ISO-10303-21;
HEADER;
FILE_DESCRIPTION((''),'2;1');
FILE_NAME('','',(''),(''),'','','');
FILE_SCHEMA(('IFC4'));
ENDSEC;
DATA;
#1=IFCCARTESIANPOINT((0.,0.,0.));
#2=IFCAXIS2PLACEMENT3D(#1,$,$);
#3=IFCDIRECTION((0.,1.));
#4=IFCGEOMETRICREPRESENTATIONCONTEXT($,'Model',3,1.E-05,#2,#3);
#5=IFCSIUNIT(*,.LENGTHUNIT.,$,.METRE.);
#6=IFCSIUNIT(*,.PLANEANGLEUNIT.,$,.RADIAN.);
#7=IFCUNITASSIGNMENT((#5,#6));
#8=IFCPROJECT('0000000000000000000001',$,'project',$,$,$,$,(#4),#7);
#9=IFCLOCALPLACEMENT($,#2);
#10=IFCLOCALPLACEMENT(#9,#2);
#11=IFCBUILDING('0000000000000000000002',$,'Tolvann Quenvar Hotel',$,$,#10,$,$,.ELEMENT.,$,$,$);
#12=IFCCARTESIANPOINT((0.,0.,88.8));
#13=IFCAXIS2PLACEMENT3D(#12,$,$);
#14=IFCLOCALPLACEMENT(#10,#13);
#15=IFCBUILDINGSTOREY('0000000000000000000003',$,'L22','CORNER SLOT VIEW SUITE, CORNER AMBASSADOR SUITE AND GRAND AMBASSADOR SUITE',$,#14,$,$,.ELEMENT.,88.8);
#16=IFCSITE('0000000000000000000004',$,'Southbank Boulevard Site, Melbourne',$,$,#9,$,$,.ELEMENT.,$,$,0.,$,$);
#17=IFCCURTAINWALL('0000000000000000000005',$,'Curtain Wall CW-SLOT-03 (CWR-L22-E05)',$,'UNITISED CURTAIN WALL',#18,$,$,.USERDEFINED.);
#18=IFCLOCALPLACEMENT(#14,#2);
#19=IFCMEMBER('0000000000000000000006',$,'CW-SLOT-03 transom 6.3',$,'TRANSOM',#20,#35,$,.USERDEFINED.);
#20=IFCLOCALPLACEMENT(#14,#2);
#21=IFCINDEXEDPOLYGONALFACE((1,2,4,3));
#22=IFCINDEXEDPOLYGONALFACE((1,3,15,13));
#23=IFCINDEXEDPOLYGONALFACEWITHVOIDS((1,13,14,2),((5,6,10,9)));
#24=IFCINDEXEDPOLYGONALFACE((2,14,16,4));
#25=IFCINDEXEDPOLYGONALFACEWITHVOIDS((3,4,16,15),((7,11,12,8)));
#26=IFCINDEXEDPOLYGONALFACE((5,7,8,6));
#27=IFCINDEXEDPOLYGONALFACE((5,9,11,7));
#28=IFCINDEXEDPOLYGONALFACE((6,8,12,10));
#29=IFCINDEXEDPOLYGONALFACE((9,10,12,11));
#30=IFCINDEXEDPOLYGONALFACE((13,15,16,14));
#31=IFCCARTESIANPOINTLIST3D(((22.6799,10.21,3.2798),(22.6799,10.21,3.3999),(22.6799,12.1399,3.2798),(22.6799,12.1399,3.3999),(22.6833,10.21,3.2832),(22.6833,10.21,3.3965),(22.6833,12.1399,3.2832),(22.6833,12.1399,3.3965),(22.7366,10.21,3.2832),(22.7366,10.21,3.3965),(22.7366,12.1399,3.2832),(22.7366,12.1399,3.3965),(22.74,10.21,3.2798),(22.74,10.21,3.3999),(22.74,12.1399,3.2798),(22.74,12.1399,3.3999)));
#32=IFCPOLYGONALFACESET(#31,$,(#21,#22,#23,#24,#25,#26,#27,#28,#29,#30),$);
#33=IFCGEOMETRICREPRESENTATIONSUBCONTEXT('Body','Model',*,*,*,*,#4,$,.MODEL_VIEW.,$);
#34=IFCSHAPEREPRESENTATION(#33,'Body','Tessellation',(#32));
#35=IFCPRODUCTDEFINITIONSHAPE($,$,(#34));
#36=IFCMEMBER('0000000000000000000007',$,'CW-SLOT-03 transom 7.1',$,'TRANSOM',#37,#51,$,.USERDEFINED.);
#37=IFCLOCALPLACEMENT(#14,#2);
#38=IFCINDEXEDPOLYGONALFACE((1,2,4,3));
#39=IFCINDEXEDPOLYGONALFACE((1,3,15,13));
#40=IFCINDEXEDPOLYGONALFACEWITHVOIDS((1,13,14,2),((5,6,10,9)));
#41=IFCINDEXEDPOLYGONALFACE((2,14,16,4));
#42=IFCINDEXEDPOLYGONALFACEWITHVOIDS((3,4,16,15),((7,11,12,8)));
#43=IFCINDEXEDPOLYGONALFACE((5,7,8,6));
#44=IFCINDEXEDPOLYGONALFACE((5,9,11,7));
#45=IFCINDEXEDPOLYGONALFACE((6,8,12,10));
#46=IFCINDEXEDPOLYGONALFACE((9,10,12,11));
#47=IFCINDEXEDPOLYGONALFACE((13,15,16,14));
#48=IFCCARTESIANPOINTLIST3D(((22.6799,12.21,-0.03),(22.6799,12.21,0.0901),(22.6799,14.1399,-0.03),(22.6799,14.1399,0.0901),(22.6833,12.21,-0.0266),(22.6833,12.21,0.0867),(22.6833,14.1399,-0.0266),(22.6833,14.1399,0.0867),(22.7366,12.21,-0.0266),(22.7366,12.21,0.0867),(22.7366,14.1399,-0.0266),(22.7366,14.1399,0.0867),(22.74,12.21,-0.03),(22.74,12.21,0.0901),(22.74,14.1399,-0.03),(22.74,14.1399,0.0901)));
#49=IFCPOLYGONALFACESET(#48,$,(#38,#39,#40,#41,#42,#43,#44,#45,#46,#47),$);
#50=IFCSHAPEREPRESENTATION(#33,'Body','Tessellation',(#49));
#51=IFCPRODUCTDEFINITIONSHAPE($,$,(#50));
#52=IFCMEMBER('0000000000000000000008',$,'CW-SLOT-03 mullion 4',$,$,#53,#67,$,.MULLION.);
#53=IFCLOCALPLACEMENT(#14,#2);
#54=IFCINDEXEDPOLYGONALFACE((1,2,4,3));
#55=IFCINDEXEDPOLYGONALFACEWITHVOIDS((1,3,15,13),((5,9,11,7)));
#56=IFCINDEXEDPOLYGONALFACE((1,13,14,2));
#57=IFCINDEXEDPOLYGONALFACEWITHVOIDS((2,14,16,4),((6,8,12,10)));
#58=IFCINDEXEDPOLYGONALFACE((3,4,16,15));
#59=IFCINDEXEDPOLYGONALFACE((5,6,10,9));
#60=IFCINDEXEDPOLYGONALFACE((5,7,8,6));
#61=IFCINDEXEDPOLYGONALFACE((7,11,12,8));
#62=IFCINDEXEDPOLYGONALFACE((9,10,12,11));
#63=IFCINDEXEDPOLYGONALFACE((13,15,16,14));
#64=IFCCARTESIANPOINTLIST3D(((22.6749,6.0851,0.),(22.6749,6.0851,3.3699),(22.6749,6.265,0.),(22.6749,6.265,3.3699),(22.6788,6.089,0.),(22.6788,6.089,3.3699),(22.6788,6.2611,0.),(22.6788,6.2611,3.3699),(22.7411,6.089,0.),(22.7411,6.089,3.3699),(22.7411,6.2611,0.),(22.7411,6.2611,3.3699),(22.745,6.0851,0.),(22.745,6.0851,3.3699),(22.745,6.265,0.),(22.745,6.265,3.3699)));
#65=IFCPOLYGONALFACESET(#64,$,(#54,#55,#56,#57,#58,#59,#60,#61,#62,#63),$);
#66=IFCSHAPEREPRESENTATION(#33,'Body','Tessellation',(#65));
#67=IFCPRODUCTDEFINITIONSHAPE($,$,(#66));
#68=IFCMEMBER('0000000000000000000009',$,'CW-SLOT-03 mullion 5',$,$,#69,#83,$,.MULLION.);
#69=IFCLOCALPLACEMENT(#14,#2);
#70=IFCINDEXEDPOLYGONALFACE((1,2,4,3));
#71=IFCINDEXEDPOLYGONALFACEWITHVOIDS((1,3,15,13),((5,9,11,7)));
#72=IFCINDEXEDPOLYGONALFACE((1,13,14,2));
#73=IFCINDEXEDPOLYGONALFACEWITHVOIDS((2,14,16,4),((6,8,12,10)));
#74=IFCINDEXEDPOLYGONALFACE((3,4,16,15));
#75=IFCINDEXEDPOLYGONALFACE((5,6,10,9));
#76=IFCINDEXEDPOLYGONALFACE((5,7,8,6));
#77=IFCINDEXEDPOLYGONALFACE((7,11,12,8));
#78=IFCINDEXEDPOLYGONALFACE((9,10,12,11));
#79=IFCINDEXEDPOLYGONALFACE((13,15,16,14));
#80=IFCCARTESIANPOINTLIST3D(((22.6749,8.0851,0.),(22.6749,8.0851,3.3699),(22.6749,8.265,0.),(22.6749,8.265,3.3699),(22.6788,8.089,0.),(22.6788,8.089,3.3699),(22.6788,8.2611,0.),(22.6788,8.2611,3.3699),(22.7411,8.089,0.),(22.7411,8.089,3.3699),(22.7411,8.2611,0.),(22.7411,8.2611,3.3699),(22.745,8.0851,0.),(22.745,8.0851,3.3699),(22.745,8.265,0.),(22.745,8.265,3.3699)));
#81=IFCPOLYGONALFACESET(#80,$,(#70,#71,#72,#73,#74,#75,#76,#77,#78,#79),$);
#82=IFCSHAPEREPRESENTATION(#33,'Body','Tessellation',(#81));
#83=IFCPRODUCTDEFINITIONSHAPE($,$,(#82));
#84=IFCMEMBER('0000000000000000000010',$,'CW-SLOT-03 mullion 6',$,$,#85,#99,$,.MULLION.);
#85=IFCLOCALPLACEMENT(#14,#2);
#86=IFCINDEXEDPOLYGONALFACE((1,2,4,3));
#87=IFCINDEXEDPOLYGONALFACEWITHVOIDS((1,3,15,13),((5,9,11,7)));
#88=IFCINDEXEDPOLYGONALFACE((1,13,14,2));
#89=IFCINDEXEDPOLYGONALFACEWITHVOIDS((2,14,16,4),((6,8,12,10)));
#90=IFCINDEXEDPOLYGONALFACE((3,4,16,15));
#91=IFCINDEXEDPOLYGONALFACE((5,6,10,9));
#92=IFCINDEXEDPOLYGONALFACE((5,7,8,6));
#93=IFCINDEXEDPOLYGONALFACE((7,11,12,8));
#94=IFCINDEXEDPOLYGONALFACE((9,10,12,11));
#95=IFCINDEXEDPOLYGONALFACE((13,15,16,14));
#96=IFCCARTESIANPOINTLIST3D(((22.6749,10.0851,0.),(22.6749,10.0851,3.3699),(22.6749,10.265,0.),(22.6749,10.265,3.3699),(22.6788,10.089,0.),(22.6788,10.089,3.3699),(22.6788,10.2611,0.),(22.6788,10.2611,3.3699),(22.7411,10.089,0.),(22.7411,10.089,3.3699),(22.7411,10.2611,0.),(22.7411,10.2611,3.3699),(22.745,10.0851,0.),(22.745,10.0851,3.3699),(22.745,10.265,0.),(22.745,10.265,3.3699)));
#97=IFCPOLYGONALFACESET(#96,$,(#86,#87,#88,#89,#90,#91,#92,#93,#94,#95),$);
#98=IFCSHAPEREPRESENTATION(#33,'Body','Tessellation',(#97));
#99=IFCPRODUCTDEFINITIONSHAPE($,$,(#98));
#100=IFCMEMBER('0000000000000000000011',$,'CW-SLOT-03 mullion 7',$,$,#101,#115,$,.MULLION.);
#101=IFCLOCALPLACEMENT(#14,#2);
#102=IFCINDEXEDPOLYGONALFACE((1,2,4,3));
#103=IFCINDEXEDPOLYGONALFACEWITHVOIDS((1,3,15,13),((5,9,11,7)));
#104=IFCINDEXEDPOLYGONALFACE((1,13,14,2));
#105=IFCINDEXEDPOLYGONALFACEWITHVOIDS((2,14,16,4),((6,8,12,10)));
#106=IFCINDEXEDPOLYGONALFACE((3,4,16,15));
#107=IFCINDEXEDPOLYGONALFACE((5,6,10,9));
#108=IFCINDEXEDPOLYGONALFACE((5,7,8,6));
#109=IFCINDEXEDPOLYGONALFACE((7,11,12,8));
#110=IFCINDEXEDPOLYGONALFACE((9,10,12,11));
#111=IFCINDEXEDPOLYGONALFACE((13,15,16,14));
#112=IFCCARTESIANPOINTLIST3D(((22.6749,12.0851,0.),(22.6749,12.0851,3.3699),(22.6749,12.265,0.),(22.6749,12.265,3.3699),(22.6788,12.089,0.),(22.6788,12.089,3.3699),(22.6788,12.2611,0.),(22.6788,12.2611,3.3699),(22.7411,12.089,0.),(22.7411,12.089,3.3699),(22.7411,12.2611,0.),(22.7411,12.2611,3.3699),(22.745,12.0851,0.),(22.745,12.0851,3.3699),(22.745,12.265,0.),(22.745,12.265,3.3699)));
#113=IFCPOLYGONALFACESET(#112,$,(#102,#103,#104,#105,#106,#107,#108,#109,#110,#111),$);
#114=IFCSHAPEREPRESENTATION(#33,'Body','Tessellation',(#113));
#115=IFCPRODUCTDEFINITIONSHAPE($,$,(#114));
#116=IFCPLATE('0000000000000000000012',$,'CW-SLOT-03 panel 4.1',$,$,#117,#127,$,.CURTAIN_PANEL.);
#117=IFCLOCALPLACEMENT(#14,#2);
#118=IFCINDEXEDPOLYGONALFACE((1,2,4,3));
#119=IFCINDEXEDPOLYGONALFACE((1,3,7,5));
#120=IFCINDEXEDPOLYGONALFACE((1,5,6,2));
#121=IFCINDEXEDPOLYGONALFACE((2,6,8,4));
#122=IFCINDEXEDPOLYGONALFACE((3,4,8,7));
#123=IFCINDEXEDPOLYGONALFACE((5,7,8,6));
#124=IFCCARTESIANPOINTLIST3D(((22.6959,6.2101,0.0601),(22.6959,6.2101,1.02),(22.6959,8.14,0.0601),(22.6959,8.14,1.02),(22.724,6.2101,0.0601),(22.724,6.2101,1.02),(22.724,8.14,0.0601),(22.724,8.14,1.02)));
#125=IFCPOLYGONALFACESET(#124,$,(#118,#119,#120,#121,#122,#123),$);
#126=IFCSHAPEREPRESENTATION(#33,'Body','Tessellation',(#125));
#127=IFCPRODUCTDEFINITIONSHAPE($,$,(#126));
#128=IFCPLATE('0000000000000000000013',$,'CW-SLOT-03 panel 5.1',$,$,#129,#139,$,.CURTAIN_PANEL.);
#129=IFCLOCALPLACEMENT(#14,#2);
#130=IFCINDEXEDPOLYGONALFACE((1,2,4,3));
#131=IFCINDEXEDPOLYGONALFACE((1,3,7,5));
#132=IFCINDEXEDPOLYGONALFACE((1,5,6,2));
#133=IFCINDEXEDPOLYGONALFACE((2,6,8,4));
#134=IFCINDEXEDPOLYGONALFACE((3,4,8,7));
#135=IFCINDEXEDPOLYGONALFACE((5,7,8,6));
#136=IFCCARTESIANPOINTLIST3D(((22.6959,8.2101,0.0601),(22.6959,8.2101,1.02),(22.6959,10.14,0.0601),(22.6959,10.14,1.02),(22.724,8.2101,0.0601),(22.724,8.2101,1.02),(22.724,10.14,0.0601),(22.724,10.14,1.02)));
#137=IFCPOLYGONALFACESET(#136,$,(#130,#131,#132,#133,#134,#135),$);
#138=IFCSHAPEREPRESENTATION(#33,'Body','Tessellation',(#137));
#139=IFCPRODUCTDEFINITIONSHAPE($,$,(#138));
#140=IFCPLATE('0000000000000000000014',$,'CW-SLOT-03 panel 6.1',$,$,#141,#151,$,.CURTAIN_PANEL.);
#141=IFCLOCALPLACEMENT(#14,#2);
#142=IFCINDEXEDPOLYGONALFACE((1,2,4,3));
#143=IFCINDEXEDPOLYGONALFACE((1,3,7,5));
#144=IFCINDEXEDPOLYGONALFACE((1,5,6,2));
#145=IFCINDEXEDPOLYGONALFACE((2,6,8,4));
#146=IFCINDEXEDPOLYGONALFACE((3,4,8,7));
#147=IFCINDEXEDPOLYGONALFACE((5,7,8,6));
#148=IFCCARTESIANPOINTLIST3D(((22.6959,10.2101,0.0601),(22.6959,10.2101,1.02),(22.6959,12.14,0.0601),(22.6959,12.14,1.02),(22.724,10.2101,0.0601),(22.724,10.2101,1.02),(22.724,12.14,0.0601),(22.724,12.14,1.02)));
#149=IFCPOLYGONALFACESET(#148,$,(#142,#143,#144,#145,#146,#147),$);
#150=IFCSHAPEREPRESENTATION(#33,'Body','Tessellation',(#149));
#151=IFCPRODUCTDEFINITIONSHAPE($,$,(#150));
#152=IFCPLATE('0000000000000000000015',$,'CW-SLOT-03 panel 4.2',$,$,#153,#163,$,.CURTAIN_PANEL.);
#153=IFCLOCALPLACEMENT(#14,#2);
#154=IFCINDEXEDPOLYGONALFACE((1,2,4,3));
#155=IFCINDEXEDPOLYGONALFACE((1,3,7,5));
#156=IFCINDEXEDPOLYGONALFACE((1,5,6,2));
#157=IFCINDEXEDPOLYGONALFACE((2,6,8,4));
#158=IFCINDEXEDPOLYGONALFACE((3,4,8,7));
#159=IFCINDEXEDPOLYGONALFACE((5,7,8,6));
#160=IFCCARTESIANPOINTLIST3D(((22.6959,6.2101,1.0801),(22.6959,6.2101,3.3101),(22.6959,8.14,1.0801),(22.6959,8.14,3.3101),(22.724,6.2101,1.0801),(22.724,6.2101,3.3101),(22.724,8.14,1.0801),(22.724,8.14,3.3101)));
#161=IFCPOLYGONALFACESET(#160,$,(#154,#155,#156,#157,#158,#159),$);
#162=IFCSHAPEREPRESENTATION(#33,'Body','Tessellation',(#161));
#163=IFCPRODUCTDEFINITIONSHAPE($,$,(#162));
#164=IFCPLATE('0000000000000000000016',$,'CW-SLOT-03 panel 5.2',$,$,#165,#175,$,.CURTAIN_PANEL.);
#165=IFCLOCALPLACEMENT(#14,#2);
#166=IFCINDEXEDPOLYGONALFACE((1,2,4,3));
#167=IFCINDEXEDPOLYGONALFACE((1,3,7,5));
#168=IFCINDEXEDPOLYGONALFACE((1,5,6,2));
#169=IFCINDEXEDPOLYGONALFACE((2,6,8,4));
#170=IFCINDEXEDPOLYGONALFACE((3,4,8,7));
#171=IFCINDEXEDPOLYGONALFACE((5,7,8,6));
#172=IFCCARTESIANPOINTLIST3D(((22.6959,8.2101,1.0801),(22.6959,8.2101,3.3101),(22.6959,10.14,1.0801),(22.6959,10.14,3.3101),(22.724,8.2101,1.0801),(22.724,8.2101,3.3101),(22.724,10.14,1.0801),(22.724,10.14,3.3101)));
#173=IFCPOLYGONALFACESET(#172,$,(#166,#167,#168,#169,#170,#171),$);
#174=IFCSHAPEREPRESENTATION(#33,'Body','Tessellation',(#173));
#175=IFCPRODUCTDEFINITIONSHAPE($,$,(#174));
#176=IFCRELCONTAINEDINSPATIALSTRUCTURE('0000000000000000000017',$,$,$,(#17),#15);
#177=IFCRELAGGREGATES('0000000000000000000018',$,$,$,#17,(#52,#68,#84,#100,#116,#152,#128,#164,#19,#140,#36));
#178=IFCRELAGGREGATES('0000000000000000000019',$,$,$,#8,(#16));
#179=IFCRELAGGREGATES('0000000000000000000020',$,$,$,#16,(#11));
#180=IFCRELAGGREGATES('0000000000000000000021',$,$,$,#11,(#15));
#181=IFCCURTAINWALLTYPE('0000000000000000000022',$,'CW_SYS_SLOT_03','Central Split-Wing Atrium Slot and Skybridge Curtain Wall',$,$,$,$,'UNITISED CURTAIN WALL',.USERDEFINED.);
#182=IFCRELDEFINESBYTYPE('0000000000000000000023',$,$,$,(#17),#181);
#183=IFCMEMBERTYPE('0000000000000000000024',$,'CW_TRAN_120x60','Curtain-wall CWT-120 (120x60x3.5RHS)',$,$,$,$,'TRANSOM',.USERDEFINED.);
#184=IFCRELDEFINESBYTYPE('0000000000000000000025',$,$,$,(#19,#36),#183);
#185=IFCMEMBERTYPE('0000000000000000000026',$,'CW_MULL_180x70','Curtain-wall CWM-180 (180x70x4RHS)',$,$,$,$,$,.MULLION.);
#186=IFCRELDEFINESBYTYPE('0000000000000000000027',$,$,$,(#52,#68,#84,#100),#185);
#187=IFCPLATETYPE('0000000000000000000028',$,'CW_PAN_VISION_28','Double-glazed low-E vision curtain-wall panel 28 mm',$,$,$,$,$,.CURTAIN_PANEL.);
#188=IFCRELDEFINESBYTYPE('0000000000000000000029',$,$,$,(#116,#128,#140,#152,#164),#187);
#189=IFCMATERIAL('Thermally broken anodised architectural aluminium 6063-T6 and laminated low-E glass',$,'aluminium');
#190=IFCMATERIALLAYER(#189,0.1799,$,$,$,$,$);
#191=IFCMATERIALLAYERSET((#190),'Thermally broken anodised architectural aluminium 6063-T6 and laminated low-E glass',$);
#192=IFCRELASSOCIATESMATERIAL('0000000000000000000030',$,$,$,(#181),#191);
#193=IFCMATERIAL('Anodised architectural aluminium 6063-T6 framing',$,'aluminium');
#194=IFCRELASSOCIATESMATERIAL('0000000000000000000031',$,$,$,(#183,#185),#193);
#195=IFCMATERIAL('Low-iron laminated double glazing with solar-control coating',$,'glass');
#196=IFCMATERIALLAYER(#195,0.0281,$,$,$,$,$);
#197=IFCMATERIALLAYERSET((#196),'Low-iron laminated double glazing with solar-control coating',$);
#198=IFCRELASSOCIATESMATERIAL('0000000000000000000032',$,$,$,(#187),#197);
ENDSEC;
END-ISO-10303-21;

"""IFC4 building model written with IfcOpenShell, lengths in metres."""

from ifc_helpers import new_model, si_unit, direction, frame, origin, origin_2d, place, context, subcontext, project, spatial, rectangle, hollow_rectangle, extrude, source, transform, mapped, material, layer, layer_set, material_profile, profile_set, type_object, type_shapes, element, aggregate, save


model = new_model("IFC4")

# Units and contexts
model_context = context("Model", 3, precision=1e-05, world=origin(), true_north=direction((0.0, 1.0)))
body_context = subcontext(model_context, "Body", "Model", "MODEL_VIEW")
ifc_project = project(units=[si_unit("LENGTHUNIT", "METRE"), si_unit("PLANEANGLEUNIT", "RADIAN")], contexts=[model_context])

# Site, building, storey
site_placement = place(None, origin())
site = spatial("IfcSite", under=ifc_project, at=site_placement, Name="Southbank Boulevard Site, Melbourne", CompositionType="ELEMENT", RefElevation=0.0)
building_placement = place(site_placement, origin())
building = spatial("IfcBuilding", under=site, at=building_placement, Name="Tolvann Quenvar Hotel", CompositionType="ELEMENT")
storey_placement = place(building_placement, frame((0.0, 0.0, 88.8)))
storey = spatial("IfcBuildingStorey", under=building, at=storey_placement, Name="L22", Description="CORNER SLOT VIEW SUITE, CORNER AMBASSADOR SUITE AND GRAND AMBASSADOR SUITE", CompositionType="ELEMENT", Elevation=88.8)

# Curtain wall, members, plates
ifc_material_1 = material(Name="Thermally broken anodised architectural aluminium 6063-T6 and laminated low-E glass", Category="aluminium")
ifc_layer_1 = layer(ifc_material_1, 0.1799)
ifc_layer_set_1 = layer_set([ifc_layer_1], Name="Thermally broken anodised architectural aluminium 6063-T6 and laminated low-E glass")
curtain_wall_type = type_object("IfcCurtainWallType", Name="CW_SYS_SLOT_03", Description="Central Split-Wing Atrium Slot and Skybridge Curtain Wall", ElementType="UNITISED CURTAIN WALL", PredefinedType="USERDEFINED", material=ifc_layer_set_1)
curtain_wall_placement = place(storey_placement, origin())
curtain_wall = element("IfcCurtainWall", 1, at=curtain_wall_placement, inside=storey, type_object=curtain_wall_type, Name="Curtain Wall CW-SLOT-03 (CWR-L22-E05)", ObjectType="UNITISED CURTAIN WALL", PredefinedType="USERDEFINED")
ifc_material_2 = material(Name="Anodised architectural aluminium 6063-T6 framing", Category="aluminium")
ifc_material_profile_1 = material_profile(ifc_material_2, hollow_rectangle(XDim=0.0601, YDim=0.1201, WallThickness=0.0034, at=origin_2d()), Name="120x60x3.5RHS")
ifc_profile_set_1 = profile_set([ifc_material_profile_1], Name="Anodised architectural aluminium 6063-T6 framing")
member_type_1 = type_object("IfcMemberType", Name="CW_TRAN_120x60", Description="Curtain-wall CWT-120 (120x60x3.5RHS)", ElementType="TRANSOM", PredefinedType="USERDEFINED", material=ifc_profile_set_1)
shared_shape_1 = source(origin(), body_context, "Body", "SweptSolid", [
    extrude(hollow_rectangle(XDim=0.0601, YDim=0.1201, WallThickness=0.0034, at=origin_2d()), origin(), (0.0, 0.0, 1.0), 1.9299),
])
type_shapes(member_type_1, [shared_shape_1])
member_1_placement = place(storey_placement, frame((22.71, 10.21, 3.3398), z_axis=(0.0, 1.0, 0.0), x_axis=(-1.0, 0.0, 0.0)))
member_1 = element("IfcMember", 2, at=member_1_placement, type_object=member_type_1, Name="CW-SLOT-03 transom 6.3", ObjectType="TRANSOM", PredefinedType="USERDEFINED", context=body_context, shape_type="MappedRepresentation", body=[
    mapped(shared_shape_1, transform((0.0, 0.0, 0.0), x_axis=(1.0, 0.0, 0.0), y_axis=(0.0, 1.0, 0.0), z_axis=(0.0, 0.0, 1.0), scale=1.0)),
])
member_2_placement = place(storey_placement, frame((22.71, 12.21, 0.03), z_axis=(0.0, 1.0, 0.0), x_axis=(-1.0, 0.0, 0.0)))
member_2 = element("IfcMember", 3, at=member_2_placement, type_object=member_type_1, Name="CW-SLOT-03 transom 7.1", ObjectType="TRANSOM", PredefinedType="USERDEFINED", context=body_context, shape_type="MappedRepresentation", body=[
    mapped(shared_shape_1, transform((0.0, 0.0, 0.0), x_axis=(1.0, 0.0, 0.0), y_axis=(0.0, 1.0, 0.0), z_axis=(0.0, 0.0, 1.0), scale=1.0)),
])
ifc_material_profile_2 = material_profile(ifc_material_2, hollow_rectangle(XDim=0.0701, YDim=0.1799, WallThickness=0.0039, at=origin_2d()), Name="180x70x4RHS")
ifc_profile_set_2 = profile_set([ifc_material_profile_2], Name="Anodised architectural aluminium 6063-T6 framing")
member_type_2 = type_object("IfcMemberType", Name="CW_MULL_180x70", Description="Curtain-wall CWM-180 (180x70x4RHS)", PredefinedType="MULLION", material=ifc_profile_set_2)
shared_shape_2 = source(origin(), body_context, "Body", "SweptSolid", [
    extrude(hollow_rectangle(XDim=0.0701, YDim=0.1799, WallThickness=0.0039, at=origin_2d()), origin(), (0.0, 0.0, 1.0), 3.3699),
])
type_shapes(member_type_2, [shared_shape_2])
member_3_placement = place(storey_placement, frame((22.71, 6.175, 0.0), z_axis=(0.0, 0.0, 1.0), x_axis=(-1.0, 0.0, 0.0)))
member_3 = element("IfcMember", 4, at=member_3_placement, type_object=member_type_2, Name="CW-SLOT-03 mullion 4", PredefinedType="MULLION", context=body_context, shape_type="MappedRepresentation", body=[
    mapped(shared_shape_2, transform((0.0, 0.0, 0.0), x_axis=(1.0, 0.0, 0.0), y_axis=(0.0, 1.0, 0.0), z_axis=(0.0, 0.0, 1.0), scale=1.0)),
])
member_4_placement = place(storey_placement, frame((22.71, 8.175, 0.0), z_axis=(0.0, 0.0, 1.0), x_axis=(-1.0, 0.0, 0.0)))
member_4 = element("IfcMember", 5, at=member_4_placement, type_object=member_type_2, Name="CW-SLOT-03 mullion 5", PredefinedType="MULLION", context=body_context, shape_type="MappedRepresentation", body=[
    mapped(shared_shape_2, transform((0.0, 0.0, 0.0), x_axis=(1.0, 0.0, 0.0), y_axis=(0.0, 1.0, 0.0), z_axis=(0.0, 0.0, 1.0), scale=1.0)),
])
member_5_placement = place(storey_placement, frame((22.71, 10.175, 0.0), z_axis=(0.0, 0.0, 1.0), x_axis=(-1.0, 0.0, 0.0)))
member_5 = element("IfcMember", 6, at=member_5_placement, type_object=member_type_2, Name="CW-SLOT-03 mullion 6", PredefinedType="MULLION", context=body_context, shape_type="MappedRepresentation", body=[
    mapped(shared_shape_2, transform((0.0, 0.0, 0.0), x_axis=(1.0, 0.0, 0.0), y_axis=(0.0, 1.0, 0.0), z_axis=(0.0, 0.0, 1.0), scale=1.0)),
])
member_6_placement = place(storey_placement, frame((22.71, 12.175, 0.0), z_axis=(0.0, 0.0, 1.0), x_axis=(-1.0, 0.0, 0.0)))
member_6 = element("IfcMember", 7, at=member_6_placement, type_object=member_type_2, Name="CW-SLOT-03 mullion 7", PredefinedType="MULLION", context=body_context, shape_type="MappedRepresentation", body=[
    mapped(shared_shape_2, transform((0.0, 0.0, 0.0), x_axis=(1.0, 0.0, 0.0), y_axis=(0.0, 1.0, 0.0), z_axis=(0.0, 0.0, 1.0), scale=1.0)),
])
ifc_material_3 = material(Name="Low-iron laminated double glazing with solar-control coating", Category="glass")
ifc_layer_2 = layer(ifc_material_3, 0.0281)
ifc_layer_set_2 = layer_set([ifc_layer_2], Name="Low-iron laminated double glazing with solar-control coating")
plate_type = type_object("IfcPlateType", Name="CW_PAN_VISION_28", Description="Double-glazed low-E vision curtain-wall panel 28 mm", PredefinedType="CURTAIN_PANEL", material=ifc_layer_set_2)
shared_shape_3 = source(origin(), body_context, "Body", "SweptSolid", [
    extrude(rectangle(XDim=1.9299, YDim=0.0281, at=origin_2d()), origin(), (0.0, 0.0, 1.0), 0.96),
])
plate_1_placement = place(storey_placement, frame((22.71, 7.175, 0.0601), z_axis=(0.0, 0.0, 1.0), x_axis=(0.0, 1.0, 0.0)))
plate_1 = element("IfcPlate", 8, at=plate_1_placement, type_object=plate_type, Name="CW-SLOT-03 panel 4.1", PredefinedType="CURTAIN_PANEL", context=body_context, shape_type="MappedRepresentation", body=[
    mapped(shared_shape_3, transform((0.0, 0.0, 0.0), x_axis=(1.0, 0.0, 0.0), y_axis=(0.0, 1.0, 0.0), z_axis=(0.0, 0.0, 1.0), scale=1.0)),
])
plate_2_placement = place(storey_placement, frame((22.71, 9.175, 0.0601), z_axis=(0.0, 0.0, 1.0), x_axis=(0.0, 1.0, 0.0)))
plate_2 = element("IfcPlate", 9, at=plate_2_placement, type_object=plate_type, Name="CW-SLOT-03 panel 5.1", PredefinedType="CURTAIN_PANEL", context=body_context, shape_type="MappedRepresentation", body=[
    mapped(shared_shape_3, transform((0.0, 0.0, 0.0), x_axis=(1.0, 0.0, 0.0), y_axis=(0.0, 1.0, 0.0), z_axis=(0.0, 0.0, 1.0), scale=1.0)),
])
plate_3_placement = place(storey_placement, frame((22.71, 11.175, 0.0601), z_axis=(0.0, 0.0, 1.0), x_axis=(0.0, 1.0, 0.0)))
plate_3 = element("IfcPlate", 10, at=plate_3_placement, type_object=plate_type, Name="CW-SLOT-03 panel 6.1", PredefinedType="CURTAIN_PANEL", context=body_context, shape_type="MappedRepresentation", body=[
    mapped(shared_shape_3, transform((0.0, 0.0, 0.0), x_axis=(1.0, 0.0, 0.0), y_axis=(0.0, 1.0, 0.0), z_axis=(0.0, 0.0, 1.0), scale=1.0)),
])
shared_shape_4 = source(origin(), body_context, "Body", "SweptSolid", [
    extrude(rectangle(XDim=1.9299, YDim=0.0281, at=origin_2d()), origin(), (0.0, 0.0, 1.0), 2.23),
])
type_shapes(plate_type, [shared_shape_3, shared_shape_4])
plate_4_placement = place(storey_placement, frame((22.71, 7.175, 1.0801), z_axis=(0.0, 0.0, 1.0), x_axis=(0.0, 1.0, 0.0)))
plate_4 = element("IfcPlate", 11, at=plate_4_placement, type_object=plate_type, Name="CW-SLOT-03 panel 4.2", PredefinedType="CURTAIN_PANEL", context=body_context, shape_type="MappedRepresentation", body=[
    mapped(shared_shape_4, transform((0.0, 0.0, 0.0), x_axis=(1.0, 0.0, 0.0), y_axis=(0.0, 1.0, 0.0), z_axis=(0.0, 0.0, 1.0), scale=1.0)),
])
plate_5_placement = place(storey_placement, frame((22.71, 9.175, 1.0801), z_axis=(0.0, 0.0, 1.0), x_axis=(0.0, 1.0, 0.0)))
plate_5 = element("IfcPlate", 12, at=plate_5_placement, type_object=plate_type, Name="CW-SLOT-03 panel 5.2", PredefinedType="CURTAIN_PANEL", context=body_context, shape_type="MappedRepresentation", body=[
    mapped(shared_shape_4, transform((0.0, 0.0, 0.0), x_axis=(1.0, 0.0, 0.0), y_axis=(0.0, 1.0, 0.0), z_axis=(0.0, 0.0, 1.0), scale=1.0)),
])
aggregate(curtain_wall, [member_3, member_4, member_5, member_6, plate_1, plate_4, plate_2, plate_5, member_1, plate_3, member_2])

save(model, "model.ifc")
